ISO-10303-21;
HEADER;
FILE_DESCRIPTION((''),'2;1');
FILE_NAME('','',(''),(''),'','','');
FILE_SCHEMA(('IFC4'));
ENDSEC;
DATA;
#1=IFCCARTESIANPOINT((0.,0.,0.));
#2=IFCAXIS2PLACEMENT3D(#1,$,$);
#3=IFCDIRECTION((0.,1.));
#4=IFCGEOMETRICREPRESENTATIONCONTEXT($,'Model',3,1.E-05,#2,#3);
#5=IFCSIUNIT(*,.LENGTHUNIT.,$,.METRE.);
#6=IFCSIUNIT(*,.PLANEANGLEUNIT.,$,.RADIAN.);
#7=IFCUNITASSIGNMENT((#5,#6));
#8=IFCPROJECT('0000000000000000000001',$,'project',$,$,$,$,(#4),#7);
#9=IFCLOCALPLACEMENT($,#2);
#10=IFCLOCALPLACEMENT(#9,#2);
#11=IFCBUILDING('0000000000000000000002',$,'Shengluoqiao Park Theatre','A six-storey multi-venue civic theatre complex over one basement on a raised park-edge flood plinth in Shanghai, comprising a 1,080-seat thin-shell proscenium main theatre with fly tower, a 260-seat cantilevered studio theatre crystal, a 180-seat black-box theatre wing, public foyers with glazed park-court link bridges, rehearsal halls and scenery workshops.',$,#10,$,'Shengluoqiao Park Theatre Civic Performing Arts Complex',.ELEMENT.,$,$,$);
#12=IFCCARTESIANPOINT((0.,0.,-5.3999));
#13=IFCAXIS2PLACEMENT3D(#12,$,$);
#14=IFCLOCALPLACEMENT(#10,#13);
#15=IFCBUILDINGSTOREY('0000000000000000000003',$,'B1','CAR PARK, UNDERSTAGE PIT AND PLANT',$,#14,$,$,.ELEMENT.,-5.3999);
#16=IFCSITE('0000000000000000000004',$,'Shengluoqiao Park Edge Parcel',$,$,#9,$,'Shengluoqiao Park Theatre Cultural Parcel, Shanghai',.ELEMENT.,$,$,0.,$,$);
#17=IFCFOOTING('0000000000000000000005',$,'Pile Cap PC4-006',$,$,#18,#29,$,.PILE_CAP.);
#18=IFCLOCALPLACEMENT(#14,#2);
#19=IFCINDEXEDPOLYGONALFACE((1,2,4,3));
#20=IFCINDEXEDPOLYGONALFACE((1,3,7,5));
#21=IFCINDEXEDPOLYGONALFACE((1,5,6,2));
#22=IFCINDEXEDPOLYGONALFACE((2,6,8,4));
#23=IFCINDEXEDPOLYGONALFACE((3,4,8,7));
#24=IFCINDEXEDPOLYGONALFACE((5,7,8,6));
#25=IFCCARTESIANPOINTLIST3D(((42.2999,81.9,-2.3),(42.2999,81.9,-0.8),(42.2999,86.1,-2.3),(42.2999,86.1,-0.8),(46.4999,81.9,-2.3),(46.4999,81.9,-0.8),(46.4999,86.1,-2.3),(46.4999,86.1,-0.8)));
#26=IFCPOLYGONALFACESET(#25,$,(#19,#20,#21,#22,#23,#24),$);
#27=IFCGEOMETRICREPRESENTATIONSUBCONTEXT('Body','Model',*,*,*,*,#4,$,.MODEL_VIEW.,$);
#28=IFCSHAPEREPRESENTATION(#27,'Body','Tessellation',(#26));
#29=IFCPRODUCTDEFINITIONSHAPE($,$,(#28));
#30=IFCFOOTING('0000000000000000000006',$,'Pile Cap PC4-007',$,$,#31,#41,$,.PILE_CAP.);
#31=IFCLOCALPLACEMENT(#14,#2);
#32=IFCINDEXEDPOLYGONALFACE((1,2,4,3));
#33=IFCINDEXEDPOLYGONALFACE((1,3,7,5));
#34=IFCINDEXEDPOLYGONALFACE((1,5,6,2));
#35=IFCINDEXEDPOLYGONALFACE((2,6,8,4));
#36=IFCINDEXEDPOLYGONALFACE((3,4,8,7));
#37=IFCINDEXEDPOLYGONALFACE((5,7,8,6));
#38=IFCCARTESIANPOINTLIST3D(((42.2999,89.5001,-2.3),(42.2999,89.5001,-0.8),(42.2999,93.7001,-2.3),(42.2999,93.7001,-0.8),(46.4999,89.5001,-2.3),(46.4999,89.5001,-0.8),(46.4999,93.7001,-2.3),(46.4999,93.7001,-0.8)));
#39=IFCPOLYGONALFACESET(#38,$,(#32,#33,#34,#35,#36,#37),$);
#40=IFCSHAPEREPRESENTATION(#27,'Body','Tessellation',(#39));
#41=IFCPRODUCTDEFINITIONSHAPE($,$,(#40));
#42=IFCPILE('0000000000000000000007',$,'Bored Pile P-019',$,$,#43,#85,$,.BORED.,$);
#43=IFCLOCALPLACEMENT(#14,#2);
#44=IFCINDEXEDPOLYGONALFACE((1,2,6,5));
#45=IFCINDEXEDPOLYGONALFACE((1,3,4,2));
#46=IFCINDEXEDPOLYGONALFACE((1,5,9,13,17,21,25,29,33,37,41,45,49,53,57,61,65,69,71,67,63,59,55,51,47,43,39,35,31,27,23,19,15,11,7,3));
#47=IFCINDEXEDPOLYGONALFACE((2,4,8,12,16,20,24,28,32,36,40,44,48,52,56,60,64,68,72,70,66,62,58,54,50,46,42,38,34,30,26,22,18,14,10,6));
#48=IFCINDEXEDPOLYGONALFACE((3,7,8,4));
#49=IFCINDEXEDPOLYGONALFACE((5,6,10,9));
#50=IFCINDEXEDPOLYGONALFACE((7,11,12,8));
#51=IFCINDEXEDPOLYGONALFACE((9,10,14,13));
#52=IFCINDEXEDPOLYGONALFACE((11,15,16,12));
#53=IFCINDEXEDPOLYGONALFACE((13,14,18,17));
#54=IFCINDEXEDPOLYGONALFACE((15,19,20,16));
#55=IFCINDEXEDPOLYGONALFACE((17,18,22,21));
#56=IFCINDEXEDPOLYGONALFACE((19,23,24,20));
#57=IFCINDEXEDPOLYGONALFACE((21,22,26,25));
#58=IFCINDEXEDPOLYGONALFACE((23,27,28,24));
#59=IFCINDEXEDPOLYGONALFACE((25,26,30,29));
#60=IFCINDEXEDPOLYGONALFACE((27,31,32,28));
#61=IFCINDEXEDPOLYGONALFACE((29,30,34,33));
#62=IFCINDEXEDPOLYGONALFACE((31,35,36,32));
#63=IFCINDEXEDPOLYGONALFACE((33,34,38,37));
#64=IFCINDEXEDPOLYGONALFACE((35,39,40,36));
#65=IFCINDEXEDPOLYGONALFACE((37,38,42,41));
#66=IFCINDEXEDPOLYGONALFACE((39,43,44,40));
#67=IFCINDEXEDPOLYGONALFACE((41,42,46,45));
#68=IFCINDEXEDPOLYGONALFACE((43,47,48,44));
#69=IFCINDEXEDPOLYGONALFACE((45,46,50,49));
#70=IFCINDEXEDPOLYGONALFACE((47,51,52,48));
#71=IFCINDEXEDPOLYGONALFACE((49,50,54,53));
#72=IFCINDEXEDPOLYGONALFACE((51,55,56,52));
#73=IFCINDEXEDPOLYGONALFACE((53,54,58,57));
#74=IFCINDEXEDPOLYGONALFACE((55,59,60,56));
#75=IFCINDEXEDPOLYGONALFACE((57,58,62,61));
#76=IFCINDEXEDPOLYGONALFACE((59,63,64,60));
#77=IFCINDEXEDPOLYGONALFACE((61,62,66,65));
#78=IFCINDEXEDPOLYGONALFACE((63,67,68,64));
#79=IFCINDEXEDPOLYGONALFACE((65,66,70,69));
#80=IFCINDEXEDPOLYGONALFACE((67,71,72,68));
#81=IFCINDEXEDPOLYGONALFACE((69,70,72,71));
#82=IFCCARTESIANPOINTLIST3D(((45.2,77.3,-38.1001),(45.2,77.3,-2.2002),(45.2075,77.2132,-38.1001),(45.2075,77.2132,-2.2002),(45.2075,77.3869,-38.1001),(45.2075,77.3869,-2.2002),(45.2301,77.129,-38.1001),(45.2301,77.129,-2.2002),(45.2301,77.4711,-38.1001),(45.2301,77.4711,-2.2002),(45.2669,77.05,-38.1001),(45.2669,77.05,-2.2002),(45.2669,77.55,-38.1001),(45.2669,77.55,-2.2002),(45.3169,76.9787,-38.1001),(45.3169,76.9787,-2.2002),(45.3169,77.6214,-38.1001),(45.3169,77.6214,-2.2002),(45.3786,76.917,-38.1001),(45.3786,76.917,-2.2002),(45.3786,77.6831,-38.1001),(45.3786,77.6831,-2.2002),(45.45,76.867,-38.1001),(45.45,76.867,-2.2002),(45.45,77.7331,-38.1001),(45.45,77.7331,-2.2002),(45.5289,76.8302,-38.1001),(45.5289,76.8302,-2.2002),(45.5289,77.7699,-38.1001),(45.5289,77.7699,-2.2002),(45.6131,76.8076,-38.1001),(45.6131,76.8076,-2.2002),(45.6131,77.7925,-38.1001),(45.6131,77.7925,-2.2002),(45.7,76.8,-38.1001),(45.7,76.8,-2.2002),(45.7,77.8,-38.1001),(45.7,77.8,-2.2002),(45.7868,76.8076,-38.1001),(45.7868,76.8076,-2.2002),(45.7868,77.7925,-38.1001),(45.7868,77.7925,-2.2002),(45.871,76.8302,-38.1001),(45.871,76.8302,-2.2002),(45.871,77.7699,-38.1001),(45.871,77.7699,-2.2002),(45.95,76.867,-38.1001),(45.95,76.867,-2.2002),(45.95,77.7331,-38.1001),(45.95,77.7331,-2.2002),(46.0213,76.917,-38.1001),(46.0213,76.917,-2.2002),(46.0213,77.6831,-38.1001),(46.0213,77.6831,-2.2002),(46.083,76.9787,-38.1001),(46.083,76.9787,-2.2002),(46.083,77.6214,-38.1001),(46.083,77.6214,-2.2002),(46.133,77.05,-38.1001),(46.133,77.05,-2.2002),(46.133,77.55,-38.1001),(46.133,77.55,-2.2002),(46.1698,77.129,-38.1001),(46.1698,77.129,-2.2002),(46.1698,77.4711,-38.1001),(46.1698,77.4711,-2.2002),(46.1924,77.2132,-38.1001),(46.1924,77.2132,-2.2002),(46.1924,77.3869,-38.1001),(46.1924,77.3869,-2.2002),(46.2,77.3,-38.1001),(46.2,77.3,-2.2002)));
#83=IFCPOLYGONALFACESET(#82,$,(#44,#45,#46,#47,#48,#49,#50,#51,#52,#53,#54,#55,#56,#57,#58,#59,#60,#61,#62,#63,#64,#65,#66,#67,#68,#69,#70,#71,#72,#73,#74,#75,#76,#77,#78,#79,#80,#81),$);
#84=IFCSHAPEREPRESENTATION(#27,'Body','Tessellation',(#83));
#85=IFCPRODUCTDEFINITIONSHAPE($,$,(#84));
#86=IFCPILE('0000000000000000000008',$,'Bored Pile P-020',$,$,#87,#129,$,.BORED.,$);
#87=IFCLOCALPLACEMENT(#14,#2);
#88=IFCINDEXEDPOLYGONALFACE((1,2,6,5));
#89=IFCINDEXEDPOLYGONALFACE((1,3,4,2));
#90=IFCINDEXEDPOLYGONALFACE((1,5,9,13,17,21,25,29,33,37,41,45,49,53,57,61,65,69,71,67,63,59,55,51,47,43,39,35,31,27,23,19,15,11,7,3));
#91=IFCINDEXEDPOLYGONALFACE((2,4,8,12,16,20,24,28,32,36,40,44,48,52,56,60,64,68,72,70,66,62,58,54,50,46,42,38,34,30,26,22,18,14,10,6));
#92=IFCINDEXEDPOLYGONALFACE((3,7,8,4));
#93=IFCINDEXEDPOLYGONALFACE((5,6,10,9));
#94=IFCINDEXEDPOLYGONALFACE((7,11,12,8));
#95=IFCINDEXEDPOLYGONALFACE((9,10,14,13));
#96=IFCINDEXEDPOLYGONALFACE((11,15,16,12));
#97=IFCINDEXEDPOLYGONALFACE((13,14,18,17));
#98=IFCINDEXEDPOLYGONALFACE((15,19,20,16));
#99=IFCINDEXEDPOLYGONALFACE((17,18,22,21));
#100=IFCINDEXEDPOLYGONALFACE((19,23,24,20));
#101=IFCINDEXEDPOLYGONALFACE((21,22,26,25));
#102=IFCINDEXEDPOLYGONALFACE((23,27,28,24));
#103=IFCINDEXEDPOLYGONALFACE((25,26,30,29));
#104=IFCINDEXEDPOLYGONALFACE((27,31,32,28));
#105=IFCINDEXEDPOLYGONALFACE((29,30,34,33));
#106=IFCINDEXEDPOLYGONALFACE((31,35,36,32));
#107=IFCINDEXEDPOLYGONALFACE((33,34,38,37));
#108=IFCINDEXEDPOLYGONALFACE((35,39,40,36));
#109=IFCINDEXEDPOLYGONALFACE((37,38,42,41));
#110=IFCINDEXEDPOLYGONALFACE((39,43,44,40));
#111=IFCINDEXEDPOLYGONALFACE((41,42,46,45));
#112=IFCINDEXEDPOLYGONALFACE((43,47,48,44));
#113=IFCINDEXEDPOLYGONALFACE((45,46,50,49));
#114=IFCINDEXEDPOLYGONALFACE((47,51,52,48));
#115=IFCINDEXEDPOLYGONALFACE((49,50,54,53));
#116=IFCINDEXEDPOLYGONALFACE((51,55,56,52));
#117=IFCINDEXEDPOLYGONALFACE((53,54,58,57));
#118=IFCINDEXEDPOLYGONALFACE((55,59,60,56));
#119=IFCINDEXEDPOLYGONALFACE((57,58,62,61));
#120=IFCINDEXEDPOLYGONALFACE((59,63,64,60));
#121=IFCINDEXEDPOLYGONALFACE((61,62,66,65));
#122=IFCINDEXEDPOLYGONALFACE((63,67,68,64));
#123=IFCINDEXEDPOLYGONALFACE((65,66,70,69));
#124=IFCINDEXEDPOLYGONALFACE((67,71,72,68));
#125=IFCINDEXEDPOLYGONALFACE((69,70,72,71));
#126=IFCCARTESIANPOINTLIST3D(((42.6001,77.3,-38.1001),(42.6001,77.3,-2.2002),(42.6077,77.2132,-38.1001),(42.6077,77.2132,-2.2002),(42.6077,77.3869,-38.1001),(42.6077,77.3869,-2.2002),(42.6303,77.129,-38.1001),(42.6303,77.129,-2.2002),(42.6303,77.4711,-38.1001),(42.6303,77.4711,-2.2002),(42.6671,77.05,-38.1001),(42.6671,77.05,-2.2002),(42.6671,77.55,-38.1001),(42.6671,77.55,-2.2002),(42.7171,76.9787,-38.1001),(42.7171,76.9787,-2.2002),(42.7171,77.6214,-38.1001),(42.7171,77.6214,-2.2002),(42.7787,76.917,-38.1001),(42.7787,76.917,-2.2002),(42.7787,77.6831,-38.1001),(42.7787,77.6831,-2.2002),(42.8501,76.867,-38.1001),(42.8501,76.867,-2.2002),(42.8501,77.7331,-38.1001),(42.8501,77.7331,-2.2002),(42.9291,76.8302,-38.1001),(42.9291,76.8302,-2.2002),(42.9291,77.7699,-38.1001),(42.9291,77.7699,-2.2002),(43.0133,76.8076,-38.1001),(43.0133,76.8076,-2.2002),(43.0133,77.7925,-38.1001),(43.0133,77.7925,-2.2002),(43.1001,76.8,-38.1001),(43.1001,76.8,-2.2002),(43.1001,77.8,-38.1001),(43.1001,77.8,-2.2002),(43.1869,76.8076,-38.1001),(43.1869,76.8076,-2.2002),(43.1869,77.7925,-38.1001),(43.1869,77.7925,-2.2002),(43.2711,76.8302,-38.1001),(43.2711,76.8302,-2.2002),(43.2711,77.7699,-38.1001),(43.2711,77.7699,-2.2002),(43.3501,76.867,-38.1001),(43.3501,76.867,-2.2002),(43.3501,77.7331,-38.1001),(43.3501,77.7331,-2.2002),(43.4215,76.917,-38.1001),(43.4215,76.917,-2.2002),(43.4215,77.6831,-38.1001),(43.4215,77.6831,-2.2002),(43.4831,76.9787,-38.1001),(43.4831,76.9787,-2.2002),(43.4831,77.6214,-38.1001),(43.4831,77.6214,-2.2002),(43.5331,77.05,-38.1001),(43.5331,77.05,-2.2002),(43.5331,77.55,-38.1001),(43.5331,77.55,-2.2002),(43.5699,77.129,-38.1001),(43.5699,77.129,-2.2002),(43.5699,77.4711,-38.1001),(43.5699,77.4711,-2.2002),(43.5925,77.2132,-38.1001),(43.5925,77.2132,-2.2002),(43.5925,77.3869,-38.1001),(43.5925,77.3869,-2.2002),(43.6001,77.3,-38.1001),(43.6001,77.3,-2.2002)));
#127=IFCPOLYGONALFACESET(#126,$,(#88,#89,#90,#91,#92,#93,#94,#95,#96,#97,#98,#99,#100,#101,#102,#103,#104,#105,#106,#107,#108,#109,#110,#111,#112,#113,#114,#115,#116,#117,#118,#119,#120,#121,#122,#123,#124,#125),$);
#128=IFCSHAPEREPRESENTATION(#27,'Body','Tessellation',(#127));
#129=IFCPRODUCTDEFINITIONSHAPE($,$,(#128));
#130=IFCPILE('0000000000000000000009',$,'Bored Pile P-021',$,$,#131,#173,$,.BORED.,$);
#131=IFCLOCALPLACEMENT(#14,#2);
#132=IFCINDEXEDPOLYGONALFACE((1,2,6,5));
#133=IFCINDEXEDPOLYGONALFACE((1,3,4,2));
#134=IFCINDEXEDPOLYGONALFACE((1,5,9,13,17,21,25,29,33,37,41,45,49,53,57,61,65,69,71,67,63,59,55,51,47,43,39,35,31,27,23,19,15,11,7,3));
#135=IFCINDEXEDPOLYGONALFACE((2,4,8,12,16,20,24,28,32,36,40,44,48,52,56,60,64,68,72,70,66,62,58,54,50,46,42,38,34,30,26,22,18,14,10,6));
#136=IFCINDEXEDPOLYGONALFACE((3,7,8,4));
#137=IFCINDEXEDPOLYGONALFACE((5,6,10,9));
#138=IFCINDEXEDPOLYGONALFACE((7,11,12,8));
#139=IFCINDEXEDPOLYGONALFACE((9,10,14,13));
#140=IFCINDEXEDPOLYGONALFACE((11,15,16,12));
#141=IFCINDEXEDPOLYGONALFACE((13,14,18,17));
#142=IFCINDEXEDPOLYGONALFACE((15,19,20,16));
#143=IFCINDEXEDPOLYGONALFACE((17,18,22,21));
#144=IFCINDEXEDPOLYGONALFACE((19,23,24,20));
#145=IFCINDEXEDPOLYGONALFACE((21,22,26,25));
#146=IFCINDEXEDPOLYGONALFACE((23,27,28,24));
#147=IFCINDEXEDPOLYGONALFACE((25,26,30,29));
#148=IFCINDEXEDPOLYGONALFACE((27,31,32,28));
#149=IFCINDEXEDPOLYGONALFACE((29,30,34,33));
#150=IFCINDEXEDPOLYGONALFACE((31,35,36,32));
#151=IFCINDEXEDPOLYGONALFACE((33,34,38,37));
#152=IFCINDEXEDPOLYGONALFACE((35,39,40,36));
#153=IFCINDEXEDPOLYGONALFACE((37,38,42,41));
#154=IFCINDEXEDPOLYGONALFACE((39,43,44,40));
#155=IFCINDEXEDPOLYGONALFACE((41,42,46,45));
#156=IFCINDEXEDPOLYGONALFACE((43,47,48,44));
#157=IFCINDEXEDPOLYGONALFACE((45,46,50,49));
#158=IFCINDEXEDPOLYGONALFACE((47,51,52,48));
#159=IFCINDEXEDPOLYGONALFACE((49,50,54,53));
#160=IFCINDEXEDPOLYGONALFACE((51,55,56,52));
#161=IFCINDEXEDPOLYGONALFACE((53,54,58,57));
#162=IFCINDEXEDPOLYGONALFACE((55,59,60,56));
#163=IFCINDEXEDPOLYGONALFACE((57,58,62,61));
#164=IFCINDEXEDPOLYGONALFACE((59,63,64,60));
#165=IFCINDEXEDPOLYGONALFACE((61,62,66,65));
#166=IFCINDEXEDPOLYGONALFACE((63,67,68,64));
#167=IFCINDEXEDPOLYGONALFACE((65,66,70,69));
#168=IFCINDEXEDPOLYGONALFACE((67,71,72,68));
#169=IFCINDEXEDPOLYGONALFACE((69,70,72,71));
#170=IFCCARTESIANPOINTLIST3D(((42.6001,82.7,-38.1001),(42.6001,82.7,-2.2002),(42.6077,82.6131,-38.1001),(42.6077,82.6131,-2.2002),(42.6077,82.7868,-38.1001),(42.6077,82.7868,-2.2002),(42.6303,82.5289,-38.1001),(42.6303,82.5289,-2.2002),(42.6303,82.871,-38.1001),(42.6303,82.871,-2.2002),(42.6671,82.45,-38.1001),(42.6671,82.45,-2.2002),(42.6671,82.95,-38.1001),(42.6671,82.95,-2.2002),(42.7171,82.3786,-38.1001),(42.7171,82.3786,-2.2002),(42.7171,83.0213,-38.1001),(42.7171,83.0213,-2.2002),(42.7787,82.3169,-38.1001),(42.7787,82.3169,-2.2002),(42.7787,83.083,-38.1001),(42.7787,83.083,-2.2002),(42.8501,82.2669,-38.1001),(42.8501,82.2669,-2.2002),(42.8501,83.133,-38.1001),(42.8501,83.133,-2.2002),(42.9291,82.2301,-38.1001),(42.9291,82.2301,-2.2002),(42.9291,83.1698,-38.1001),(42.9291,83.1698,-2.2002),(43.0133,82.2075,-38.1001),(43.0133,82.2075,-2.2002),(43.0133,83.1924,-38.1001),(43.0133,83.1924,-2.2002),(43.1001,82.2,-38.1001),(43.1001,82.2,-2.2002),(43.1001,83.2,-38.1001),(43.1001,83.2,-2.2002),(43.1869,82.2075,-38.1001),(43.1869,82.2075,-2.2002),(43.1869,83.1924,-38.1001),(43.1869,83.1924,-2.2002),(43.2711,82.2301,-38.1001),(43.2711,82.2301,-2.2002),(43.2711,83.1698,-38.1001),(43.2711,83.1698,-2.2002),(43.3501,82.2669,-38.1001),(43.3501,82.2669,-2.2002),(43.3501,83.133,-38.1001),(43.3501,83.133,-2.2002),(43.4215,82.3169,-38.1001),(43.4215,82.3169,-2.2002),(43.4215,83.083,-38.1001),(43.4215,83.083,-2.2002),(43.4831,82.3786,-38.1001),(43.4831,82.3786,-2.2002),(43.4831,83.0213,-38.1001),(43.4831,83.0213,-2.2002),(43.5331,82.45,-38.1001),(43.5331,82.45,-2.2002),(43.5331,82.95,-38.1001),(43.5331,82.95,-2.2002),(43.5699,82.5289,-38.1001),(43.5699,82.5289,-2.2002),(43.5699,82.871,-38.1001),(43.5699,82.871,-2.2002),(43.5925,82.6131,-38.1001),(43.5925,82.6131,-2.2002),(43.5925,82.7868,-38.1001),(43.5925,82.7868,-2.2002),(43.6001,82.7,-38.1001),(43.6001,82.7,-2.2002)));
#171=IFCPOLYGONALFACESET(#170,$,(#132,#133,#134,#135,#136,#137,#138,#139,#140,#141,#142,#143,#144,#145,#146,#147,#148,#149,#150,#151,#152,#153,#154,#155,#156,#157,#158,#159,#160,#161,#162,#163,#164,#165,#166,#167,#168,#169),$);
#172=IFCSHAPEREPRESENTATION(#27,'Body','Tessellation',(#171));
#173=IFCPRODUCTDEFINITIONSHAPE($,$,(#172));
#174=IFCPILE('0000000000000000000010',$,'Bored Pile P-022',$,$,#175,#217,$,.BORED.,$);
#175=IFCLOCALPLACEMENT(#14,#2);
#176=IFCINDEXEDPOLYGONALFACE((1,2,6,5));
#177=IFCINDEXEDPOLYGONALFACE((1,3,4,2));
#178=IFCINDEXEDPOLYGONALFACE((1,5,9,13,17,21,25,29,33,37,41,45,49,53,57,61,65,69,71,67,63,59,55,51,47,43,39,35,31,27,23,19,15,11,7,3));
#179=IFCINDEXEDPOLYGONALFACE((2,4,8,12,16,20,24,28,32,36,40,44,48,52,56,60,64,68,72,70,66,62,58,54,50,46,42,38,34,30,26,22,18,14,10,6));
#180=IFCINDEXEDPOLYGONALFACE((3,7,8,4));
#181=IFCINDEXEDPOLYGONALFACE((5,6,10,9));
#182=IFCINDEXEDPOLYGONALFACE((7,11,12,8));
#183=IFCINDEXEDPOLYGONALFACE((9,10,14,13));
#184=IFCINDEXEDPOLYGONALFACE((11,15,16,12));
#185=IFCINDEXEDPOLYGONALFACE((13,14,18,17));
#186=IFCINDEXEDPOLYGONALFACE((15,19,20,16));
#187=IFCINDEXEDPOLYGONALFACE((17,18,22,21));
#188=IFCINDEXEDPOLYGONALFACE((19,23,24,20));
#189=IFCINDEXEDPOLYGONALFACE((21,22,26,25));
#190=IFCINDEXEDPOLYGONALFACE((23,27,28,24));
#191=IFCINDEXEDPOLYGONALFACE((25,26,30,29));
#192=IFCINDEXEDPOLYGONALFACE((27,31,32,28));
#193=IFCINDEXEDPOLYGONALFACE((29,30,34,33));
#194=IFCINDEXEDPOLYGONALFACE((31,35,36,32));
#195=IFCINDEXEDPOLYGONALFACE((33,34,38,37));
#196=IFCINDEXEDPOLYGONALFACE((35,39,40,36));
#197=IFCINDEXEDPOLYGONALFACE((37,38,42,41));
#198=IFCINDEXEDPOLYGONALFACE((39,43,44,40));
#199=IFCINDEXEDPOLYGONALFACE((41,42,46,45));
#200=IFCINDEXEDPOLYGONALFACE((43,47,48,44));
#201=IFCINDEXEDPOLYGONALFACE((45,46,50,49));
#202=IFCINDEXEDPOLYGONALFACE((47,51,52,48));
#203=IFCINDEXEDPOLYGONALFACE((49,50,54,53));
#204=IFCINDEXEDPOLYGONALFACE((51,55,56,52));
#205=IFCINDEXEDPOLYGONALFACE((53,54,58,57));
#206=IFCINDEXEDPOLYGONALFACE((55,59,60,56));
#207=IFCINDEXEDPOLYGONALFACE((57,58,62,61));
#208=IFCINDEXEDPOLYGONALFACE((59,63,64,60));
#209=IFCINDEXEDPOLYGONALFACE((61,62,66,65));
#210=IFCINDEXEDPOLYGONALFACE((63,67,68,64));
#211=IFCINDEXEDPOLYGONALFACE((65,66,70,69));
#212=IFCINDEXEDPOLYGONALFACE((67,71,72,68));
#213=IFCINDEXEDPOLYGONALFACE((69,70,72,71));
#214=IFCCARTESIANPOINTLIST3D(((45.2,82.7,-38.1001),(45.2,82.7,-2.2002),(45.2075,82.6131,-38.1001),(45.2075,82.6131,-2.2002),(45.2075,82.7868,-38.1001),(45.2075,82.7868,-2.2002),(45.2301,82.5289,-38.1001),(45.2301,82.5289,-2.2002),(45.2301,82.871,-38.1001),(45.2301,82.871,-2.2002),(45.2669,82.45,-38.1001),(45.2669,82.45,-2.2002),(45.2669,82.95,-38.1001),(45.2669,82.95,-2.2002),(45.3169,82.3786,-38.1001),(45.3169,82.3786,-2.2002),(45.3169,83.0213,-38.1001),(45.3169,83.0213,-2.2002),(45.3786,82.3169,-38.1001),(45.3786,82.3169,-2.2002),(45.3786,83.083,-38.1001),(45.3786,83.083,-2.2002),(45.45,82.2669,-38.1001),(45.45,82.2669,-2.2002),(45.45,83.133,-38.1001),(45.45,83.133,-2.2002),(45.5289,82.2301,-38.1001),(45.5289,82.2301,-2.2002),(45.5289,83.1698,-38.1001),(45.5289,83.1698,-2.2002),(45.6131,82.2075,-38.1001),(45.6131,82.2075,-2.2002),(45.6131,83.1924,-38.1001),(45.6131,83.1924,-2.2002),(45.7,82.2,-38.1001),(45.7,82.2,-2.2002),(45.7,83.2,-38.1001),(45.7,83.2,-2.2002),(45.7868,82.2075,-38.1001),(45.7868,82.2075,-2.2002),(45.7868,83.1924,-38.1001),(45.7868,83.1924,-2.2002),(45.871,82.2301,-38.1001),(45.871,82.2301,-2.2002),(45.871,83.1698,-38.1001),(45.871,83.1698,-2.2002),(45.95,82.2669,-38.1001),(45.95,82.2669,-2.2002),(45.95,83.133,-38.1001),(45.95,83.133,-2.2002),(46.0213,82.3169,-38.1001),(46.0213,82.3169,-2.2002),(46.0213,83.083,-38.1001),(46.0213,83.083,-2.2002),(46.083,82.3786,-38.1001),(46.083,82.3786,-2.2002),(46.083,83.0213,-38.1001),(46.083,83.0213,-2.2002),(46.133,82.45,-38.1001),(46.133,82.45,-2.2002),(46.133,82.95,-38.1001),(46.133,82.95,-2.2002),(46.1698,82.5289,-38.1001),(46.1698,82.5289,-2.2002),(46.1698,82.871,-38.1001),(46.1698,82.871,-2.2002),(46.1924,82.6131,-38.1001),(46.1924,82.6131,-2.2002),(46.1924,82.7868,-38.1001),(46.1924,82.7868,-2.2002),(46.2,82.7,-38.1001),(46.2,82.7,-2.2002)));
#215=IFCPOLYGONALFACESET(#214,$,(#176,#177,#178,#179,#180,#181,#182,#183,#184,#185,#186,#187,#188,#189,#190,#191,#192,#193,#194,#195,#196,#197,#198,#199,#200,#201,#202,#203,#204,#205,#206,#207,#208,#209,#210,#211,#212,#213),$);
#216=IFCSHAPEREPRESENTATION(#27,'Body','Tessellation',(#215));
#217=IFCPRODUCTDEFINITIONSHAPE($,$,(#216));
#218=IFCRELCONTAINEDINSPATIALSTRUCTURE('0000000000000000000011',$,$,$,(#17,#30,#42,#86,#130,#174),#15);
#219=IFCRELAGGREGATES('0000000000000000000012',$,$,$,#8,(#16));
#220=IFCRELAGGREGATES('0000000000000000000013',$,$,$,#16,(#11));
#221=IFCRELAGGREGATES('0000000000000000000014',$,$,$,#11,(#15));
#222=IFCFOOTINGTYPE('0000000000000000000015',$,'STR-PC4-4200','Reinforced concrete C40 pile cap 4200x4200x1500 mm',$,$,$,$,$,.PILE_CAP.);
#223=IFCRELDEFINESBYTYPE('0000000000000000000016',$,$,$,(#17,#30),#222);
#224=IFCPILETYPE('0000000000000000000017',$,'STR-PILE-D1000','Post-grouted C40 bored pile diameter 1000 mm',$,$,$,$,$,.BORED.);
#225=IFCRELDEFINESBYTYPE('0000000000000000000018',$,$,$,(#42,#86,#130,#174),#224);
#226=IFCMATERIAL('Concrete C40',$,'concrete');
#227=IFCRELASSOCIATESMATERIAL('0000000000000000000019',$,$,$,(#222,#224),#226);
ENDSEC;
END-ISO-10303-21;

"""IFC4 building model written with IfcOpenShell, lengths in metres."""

from ifc_helpers import new_model, si_unit, direction, frame, origin, origin_2d, place, context, subcontext, project, spatial, rectangle, circle, extrude, material, material_profile, profile_set, type_object, element, save


model = new_model("IFC4")

# Units and contexts
model_context = context("Model", 3, precision=1e-05, world=origin(), true_north=direction((0.0, 1.0)))
body_context = subcontext(model_context, "Body", "Model", "MODEL_VIEW")
ifc_project = project(units=[si_unit("LENGTHUNIT", "METRE"), si_unit("PLANEANGLEUNIT", "RADIAN")], contexts=[model_context])

# Site, building, storey
site_placement = place(None, origin())
site = spatial("IfcSite", under=ifc_project, at=site_placement, Name="Shengluoqiao Park Edge Parcel", LongName="Shengluoqiao Park Theatre Cultural Parcel, Shanghai", CompositionType="ELEMENT", RefElevation=0.0)
building_placement = place(site_placement, origin())
building = spatial("IfcBuilding", under=site, at=building_placement, Name="Shengluoqiao Park Theatre", Description="A six-storey multi-venue civic theatre complex over one basement on a raised park-edge flood plinth in Shanghai, comprising a 1,080-seat thin-shell proscenium main theatre with fly tower, a 260-seat cantilevered studio theatre crystal, a 180-seat black-box theatre wing, public foyers with glazed park-court link bridges, rehearsal halls and scenery workshops.", LongName="Shengluoqiao Park Theatre Civic Performing Arts Complex", CompositionType="ELEMENT")
storey_placement = place(building_placement, frame((0.0, 0.0, -5.3999)))
storey = spatial("IfcBuildingStorey", under=building, at=storey_placement, Name="B1", Description="CAR PARK, UNDERSTAGE PIT AND PLANT", CompositionType="ELEMENT", Elevation=-5.3999)

# Footings
ifc_material_1 = material(Name="Concrete C40", Category="concrete")
footing_type = type_object("IfcFootingType", Name="STR-PC4-4200", Description="Reinforced concrete C40 pile cap 4200x4200x1500 mm", PredefinedType="PILE_CAP", material=ifc_material_1)
for number, where, z_axis, x_axis, name in (
    (1, (44.3999, 84.0, -2.3), (0.0, 0.0, 1.0), (1.0, 0.0, 0.0), "Pile Cap PC4-006"),
    (2, (44.3999, 91.6001, -2.3), (0.0, 0.0, 1.0), (1.0, 0.0, 0.0), "Pile Cap PC4-007"),
):
    element("IfcFooting", number, at=place(storey_placement, frame(where, z_axis=z_axis, x_axis=x_axis)), inside=storey, type_object=footing_type, Name=name, PredefinedType="PILE_CAP", context=body_context, shape_type="SweptSolid", body=[
        extrude(rectangle(XDim=4.2, YDim=4.2, at=origin_2d()), origin(), (0.0, 0.0, 1.0), 1.5),
    ])

# Piles
ifc_material_profile_1 = material_profile(ifc_material_1, circle(Radius=0.5, at=origin_2d()), Name="BORED PILE D1000")
ifc_profile_set_1 = profile_set([ifc_material_profile_1], Name="Concrete C40")
pile_type = type_object("IfcPileType", Name="STR-PILE-D1000", Description="Post-grouted C40 bored pile diameter 1000 mm", PredefinedType="BORED", material=ifc_profile_set_1)
for number, where, z_axis, x_axis, name in (
    (3, (45.7, 77.3, -2.2002), (0.0, 0.0, -1.0), (1.0, 0.0, 0.0), "Bored Pile P-019"),
    (4, (43.1001, 77.3, -2.2002), (0.0, 0.0, -1.0), (1.0, 0.0, 0.0), "Bored Pile P-020"),
    (5, (43.1001, 82.7, -2.2002), (0.0, 0.0, -1.0), (1.0, 0.0, 0.0), "Bored Pile P-021"),
    (6, (45.7, 82.7, -2.2002), (0.0, 0.0, -1.0), (1.0, 0.0, 0.0), "Bored Pile P-022"),
):
    element("IfcPile", number, at=place(storey_placement, frame(where, z_axis=z_axis, x_axis=x_axis)), inside=storey, type_object=pile_type, Name=name, PredefinedType="BORED", context=body_context, shape_type="SweptSolid", body=[
        extrude(circle(Radius=0.5, at=origin_2d()), origin(), (0.0, 0.0, 1.0), 35.8999),
    ])

save(model, "model.ifc")
